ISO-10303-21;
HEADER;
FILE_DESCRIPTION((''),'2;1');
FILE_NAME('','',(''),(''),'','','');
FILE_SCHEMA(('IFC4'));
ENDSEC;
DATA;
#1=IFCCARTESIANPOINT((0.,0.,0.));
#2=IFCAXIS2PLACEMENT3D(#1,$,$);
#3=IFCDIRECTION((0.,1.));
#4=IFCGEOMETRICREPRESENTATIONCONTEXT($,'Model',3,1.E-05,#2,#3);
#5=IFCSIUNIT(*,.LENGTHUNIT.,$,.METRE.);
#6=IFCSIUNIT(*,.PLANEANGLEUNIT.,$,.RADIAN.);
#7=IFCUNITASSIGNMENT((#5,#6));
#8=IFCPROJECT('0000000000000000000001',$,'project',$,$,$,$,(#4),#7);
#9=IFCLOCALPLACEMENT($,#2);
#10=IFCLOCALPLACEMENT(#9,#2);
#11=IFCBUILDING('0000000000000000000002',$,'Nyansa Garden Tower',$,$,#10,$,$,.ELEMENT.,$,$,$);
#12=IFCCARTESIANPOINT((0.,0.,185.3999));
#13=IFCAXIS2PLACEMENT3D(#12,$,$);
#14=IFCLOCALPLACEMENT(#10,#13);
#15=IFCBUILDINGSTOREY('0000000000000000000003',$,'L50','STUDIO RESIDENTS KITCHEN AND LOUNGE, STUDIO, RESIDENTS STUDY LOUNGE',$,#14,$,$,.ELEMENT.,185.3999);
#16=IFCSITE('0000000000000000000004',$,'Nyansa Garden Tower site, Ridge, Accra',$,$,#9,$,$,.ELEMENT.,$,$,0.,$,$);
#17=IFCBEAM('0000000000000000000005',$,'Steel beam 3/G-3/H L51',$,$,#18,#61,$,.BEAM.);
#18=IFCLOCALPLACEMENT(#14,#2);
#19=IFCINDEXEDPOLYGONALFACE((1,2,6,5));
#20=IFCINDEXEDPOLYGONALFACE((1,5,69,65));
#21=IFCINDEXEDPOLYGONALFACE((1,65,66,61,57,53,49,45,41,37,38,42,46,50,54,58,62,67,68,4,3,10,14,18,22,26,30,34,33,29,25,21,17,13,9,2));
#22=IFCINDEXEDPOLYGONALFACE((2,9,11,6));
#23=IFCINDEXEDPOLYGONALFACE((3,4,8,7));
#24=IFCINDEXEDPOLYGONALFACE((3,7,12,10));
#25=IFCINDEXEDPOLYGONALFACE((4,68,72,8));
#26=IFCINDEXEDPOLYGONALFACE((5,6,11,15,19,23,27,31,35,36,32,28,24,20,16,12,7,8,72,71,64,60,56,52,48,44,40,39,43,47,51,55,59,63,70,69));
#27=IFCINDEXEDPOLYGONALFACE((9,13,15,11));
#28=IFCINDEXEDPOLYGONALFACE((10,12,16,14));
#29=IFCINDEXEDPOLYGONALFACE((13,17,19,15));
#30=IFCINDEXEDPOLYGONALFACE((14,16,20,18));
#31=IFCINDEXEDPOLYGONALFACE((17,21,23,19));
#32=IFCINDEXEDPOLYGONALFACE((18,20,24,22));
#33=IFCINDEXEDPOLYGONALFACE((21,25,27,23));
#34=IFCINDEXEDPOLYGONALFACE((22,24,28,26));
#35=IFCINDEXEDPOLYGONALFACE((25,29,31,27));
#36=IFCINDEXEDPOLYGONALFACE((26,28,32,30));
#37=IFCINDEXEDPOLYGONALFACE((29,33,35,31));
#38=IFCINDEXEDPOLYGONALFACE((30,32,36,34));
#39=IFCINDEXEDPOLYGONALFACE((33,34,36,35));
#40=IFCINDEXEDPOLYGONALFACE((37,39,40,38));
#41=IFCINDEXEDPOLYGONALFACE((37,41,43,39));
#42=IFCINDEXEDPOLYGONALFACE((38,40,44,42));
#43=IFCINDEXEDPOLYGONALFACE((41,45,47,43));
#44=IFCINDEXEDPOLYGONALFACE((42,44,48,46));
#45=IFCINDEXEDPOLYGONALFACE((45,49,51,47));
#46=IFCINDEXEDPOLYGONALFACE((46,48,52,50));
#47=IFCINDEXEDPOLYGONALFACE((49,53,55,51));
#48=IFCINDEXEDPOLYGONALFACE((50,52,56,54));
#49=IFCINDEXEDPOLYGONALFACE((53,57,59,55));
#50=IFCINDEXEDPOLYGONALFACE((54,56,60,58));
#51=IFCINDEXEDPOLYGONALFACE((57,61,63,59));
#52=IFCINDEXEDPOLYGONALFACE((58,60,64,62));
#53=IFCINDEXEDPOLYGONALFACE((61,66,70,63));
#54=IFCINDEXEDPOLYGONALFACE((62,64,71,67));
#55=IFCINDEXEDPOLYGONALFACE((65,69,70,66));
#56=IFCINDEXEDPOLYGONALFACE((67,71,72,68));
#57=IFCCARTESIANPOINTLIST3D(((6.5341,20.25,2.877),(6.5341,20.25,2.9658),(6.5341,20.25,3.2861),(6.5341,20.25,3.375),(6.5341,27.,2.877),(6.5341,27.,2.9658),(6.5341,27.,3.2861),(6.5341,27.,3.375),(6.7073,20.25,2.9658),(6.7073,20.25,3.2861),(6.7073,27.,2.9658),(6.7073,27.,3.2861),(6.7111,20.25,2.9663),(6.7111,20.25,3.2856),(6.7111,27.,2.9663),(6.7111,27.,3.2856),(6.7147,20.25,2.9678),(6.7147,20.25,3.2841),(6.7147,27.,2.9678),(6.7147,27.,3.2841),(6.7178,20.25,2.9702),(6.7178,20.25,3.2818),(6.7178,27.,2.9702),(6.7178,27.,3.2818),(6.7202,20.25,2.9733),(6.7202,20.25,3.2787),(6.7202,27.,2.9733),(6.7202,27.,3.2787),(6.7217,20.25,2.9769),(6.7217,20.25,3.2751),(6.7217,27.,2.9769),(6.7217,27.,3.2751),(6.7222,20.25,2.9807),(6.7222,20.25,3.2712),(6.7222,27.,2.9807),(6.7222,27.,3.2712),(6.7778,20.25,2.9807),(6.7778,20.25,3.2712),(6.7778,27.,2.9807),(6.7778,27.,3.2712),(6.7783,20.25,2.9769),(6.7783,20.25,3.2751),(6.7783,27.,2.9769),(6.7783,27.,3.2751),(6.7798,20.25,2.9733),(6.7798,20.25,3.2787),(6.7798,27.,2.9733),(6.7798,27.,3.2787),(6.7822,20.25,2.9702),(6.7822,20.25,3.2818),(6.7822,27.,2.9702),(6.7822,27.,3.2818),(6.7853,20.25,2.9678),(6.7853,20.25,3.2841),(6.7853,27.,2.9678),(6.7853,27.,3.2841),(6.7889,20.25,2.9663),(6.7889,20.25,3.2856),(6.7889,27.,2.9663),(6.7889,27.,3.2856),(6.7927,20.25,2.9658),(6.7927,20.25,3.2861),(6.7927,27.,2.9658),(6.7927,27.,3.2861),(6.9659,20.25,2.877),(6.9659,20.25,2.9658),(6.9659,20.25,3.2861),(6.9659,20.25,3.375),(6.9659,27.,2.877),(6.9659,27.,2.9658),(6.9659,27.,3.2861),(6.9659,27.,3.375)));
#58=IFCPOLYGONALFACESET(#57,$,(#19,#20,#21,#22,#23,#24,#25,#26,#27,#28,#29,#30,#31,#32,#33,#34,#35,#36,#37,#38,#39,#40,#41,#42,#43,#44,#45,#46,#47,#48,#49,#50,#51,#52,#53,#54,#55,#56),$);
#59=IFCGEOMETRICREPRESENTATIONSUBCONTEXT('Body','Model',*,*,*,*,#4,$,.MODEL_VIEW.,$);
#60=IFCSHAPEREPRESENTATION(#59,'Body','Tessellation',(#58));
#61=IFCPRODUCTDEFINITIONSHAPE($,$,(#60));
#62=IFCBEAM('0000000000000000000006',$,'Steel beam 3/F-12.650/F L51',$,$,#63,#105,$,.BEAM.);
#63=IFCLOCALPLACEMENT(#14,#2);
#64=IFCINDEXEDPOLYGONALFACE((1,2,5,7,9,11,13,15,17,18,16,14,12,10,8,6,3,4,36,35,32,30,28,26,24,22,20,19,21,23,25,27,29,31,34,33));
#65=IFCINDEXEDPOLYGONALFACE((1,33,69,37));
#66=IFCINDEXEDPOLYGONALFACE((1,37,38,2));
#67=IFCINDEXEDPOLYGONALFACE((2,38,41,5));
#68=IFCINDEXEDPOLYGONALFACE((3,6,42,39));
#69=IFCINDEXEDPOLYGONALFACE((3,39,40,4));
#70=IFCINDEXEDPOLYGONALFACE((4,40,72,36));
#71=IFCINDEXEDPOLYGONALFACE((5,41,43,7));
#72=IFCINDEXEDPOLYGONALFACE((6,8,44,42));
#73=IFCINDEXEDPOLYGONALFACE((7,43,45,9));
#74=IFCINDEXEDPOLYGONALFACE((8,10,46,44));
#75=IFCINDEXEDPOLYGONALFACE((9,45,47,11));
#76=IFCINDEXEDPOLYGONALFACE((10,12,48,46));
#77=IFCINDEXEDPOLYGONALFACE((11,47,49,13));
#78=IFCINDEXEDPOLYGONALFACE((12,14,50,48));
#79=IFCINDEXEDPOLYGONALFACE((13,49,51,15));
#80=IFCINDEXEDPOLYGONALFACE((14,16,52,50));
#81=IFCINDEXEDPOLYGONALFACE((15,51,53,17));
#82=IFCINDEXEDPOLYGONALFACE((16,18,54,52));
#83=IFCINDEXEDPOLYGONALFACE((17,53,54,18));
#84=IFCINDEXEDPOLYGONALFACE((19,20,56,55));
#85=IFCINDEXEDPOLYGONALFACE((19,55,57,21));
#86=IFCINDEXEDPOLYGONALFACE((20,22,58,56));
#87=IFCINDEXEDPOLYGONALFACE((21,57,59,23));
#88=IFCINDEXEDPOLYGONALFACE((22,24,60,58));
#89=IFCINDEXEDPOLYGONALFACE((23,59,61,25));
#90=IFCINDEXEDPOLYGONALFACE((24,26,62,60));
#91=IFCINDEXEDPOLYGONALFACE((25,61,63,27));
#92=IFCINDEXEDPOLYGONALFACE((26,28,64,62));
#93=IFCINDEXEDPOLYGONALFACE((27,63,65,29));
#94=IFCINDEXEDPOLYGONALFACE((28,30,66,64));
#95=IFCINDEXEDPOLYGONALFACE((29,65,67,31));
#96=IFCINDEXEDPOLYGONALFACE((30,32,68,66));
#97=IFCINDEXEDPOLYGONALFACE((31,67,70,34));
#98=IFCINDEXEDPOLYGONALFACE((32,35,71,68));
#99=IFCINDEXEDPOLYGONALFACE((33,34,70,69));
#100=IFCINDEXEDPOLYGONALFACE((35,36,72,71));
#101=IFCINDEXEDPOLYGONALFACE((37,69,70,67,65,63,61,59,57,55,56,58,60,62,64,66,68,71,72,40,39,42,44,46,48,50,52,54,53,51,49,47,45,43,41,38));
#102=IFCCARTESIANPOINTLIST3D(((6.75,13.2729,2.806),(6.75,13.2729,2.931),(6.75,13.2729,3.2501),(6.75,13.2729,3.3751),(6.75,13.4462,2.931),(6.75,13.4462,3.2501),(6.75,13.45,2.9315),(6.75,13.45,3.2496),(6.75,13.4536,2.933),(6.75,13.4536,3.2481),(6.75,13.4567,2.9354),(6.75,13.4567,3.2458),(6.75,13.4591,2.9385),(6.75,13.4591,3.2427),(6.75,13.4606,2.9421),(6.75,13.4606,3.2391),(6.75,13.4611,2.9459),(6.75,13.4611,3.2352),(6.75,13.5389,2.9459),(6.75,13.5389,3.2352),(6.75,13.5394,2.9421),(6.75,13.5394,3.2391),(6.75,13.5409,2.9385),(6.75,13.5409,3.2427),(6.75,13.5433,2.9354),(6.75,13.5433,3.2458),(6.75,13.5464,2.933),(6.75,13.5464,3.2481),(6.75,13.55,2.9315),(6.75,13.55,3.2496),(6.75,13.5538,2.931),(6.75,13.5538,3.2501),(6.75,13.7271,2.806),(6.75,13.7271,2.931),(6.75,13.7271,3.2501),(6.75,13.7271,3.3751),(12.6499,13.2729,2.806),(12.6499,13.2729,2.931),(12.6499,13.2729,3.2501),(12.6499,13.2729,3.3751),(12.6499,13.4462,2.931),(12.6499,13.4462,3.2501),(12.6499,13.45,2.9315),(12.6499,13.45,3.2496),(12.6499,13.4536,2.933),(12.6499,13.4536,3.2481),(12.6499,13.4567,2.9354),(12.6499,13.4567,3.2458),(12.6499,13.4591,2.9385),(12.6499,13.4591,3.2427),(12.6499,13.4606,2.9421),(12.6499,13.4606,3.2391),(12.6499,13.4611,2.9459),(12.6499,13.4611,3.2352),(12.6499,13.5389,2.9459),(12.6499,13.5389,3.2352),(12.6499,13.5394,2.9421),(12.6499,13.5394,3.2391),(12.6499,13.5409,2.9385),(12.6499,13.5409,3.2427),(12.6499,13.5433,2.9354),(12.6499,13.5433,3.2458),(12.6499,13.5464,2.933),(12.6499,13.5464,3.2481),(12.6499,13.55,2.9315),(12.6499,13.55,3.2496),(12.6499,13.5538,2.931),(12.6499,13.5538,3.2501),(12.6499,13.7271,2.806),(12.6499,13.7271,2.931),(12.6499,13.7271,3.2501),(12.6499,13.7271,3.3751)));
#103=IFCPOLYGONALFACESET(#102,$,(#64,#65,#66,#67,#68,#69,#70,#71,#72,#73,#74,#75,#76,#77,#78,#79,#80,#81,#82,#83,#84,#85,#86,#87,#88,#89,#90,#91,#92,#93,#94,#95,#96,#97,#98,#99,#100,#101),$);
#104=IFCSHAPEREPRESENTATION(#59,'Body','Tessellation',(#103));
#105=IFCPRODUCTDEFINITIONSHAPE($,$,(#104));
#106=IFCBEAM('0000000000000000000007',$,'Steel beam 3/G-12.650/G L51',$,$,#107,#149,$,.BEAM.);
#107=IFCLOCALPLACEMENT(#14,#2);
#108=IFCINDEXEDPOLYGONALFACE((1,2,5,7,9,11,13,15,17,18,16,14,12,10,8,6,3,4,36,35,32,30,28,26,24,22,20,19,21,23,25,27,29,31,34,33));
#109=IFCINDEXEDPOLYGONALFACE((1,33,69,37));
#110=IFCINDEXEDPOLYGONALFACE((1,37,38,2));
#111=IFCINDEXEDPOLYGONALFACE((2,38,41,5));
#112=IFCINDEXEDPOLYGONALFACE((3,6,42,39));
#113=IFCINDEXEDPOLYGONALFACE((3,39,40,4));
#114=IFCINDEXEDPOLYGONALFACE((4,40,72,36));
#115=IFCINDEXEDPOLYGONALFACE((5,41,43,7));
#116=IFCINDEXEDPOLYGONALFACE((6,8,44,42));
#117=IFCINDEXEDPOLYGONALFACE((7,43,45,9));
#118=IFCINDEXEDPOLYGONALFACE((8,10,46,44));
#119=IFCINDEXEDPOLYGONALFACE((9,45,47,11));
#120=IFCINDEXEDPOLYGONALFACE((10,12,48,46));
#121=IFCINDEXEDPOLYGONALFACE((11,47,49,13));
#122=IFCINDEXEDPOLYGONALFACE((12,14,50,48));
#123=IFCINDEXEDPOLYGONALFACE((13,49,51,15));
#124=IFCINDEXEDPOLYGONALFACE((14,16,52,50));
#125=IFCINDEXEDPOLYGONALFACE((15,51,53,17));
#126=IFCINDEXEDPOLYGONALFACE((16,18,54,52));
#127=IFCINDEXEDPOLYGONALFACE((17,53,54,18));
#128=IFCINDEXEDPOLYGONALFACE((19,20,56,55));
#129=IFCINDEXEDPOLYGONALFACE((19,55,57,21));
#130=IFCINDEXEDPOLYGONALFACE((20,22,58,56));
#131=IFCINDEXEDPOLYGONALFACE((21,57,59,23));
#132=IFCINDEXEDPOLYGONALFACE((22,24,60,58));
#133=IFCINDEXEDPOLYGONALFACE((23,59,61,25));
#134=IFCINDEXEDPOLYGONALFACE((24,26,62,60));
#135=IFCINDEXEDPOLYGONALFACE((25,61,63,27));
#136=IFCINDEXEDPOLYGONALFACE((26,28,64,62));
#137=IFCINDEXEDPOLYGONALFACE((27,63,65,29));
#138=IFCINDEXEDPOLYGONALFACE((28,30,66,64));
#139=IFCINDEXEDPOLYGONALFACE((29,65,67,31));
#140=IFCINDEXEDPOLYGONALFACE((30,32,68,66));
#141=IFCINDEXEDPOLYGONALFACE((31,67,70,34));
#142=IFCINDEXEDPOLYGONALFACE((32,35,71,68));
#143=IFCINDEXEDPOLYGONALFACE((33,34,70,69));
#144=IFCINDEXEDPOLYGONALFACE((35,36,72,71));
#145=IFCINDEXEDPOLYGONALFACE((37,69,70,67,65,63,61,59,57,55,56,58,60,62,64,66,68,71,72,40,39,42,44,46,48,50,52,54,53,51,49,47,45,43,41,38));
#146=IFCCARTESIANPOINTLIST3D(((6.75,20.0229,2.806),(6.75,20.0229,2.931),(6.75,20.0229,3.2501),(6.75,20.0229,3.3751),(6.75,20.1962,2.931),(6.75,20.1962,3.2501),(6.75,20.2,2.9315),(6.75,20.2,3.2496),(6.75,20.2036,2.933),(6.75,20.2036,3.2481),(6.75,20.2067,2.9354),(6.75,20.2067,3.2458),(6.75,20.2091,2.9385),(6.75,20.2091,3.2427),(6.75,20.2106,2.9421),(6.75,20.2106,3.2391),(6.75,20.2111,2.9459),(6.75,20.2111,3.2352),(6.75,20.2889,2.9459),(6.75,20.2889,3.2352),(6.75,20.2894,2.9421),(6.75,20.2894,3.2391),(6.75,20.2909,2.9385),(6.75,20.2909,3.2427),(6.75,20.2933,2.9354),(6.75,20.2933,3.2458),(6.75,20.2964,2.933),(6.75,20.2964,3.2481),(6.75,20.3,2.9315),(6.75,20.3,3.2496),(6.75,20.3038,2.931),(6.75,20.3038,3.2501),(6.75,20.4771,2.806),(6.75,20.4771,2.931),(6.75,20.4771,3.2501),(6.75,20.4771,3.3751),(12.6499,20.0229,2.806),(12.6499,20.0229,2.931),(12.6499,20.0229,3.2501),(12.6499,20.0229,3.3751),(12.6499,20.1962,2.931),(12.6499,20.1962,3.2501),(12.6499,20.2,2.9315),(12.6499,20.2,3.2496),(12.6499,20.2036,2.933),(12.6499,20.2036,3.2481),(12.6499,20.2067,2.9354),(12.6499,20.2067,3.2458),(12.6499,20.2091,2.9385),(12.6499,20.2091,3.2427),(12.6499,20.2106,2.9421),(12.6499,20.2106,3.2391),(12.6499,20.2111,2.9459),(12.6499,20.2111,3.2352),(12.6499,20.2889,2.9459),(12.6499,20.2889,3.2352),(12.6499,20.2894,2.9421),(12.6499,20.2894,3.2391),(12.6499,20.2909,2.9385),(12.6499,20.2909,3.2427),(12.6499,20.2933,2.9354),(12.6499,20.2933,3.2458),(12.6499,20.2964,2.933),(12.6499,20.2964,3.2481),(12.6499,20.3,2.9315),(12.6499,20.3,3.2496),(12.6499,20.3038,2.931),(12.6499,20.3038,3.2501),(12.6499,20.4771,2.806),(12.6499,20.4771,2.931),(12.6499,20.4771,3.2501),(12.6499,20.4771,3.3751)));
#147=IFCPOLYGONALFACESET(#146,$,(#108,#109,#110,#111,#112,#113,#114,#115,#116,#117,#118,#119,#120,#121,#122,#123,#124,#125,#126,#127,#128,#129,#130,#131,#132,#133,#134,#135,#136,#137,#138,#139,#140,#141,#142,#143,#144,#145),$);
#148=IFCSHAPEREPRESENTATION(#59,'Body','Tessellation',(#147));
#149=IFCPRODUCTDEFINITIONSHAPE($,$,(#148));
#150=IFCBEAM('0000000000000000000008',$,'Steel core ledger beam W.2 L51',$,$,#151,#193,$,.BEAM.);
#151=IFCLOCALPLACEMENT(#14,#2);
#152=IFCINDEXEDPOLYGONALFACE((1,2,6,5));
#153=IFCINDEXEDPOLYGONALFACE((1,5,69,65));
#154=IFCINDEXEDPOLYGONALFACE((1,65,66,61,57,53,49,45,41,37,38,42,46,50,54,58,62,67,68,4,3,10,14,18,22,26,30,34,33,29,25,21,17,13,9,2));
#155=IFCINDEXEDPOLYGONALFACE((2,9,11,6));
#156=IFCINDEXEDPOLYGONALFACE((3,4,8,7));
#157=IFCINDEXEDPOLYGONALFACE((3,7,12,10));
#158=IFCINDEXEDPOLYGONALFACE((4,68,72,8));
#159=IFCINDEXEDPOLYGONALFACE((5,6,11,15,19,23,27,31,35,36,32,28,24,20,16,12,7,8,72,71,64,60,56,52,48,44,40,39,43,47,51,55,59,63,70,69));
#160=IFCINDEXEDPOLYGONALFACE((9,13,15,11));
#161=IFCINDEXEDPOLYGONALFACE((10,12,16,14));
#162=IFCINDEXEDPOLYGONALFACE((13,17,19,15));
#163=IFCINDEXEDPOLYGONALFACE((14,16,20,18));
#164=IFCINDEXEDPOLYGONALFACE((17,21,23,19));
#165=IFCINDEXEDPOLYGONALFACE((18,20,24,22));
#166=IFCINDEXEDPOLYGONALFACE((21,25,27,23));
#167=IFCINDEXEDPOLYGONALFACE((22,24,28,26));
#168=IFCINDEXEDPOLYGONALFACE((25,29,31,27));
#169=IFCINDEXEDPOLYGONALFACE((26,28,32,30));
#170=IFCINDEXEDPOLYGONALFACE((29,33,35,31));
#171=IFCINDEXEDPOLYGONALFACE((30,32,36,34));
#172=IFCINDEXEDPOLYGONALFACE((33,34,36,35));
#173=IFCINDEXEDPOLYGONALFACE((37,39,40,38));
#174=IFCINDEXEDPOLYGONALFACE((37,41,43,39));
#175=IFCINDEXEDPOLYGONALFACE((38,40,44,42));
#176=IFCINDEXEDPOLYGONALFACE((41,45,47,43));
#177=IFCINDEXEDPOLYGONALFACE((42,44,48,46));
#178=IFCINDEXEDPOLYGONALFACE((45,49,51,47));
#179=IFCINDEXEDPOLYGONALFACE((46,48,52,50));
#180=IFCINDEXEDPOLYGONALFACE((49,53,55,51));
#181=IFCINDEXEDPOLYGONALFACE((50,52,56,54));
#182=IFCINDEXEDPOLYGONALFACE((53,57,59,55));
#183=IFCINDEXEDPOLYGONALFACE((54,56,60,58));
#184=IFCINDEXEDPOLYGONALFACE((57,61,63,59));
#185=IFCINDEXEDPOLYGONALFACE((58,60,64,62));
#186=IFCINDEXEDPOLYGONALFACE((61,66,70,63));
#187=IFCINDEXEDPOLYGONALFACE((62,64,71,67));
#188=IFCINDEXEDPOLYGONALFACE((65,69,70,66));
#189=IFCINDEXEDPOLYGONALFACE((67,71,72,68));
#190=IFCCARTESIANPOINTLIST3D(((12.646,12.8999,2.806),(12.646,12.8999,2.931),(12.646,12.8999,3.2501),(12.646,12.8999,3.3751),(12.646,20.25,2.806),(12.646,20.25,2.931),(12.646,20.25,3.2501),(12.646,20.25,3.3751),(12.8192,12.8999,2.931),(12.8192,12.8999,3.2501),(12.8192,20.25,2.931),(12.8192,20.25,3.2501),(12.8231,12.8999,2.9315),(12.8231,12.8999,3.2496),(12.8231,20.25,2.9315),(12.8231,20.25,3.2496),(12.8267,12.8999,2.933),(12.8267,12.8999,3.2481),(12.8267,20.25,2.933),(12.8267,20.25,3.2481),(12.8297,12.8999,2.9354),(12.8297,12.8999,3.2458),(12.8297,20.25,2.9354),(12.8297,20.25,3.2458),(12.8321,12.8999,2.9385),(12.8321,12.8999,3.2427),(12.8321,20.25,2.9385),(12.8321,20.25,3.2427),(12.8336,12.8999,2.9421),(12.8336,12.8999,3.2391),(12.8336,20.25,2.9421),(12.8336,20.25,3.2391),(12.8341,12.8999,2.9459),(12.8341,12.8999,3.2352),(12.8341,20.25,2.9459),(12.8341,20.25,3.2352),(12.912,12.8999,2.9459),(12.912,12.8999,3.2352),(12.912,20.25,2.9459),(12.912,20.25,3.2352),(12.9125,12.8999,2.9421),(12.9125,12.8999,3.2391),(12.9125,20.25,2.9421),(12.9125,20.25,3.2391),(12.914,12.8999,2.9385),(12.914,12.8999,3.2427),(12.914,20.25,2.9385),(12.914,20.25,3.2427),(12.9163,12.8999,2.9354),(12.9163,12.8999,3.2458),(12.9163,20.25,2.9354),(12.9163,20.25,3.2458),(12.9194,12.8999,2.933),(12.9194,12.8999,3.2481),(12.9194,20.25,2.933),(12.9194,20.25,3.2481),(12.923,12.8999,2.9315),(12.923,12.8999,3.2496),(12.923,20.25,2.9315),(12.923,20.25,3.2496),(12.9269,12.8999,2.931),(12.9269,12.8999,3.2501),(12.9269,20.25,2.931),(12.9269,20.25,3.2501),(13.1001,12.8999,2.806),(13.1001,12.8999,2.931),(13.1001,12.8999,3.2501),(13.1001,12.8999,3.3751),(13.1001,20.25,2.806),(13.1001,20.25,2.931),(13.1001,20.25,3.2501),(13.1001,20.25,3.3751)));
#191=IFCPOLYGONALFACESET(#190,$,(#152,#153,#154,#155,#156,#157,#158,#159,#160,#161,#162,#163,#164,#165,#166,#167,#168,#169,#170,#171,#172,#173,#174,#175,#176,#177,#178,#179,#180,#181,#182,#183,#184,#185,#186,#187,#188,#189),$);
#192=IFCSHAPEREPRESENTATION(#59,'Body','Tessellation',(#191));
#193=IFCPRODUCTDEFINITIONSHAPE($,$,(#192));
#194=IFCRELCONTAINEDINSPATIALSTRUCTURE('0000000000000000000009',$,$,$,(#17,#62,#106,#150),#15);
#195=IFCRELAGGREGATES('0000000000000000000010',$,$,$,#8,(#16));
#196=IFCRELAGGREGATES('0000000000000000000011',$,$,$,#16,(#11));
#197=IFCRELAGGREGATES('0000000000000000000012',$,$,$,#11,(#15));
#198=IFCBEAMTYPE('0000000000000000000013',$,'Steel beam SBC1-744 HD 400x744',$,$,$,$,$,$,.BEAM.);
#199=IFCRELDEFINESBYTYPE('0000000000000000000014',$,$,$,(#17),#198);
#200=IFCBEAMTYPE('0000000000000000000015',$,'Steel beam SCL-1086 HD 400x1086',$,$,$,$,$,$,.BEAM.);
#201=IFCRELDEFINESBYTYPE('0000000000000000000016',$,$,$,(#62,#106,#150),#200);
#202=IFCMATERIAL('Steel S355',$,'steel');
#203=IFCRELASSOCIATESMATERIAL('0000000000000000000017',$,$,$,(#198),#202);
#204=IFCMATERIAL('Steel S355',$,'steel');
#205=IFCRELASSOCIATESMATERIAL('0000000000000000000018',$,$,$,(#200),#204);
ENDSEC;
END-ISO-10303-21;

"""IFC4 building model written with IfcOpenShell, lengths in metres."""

from ifc_helpers import new_model, si_unit, direction, frame, origin, origin_2d, place, context, subcontext, project, spatial, i_section, extrude, material, material_profile, profile_set, type_object, element, save


model = new_model("IFC4")

# Units and contexts
model_context = context("Model", 3, precision=1e-05, world=origin(), true_north=direction((0.0, 1.0)))
body_context = subcontext(model_context, "Body", "Model", "MODEL_VIEW")
ifc_project = project(units=[si_unit("LENGTHUNIT", "METRE"), si_unit("PLANEANGLEUNIT", "RADIAN")], contexts=[model_context])

# Site, building, storey
site_placement = place(None, origin())
site = spatial("IfcSite", under=ifc_project, at=site_placement, Name="Nyansa Garden Tower site, Ridge, Accra", CompositionType="ELEMENT", RefElevation=0.0)
building_placement = place(site_placement, origin())
building = spatial("IfcBuilding", under=site, at=building_placement, Name="Nyansa Garden Tower", CompositionType="ELEMENT")
storey_placement = place(building_placement, frame((0.0, 0.0, 185.3999)))
storey = spatial("IfcBuildingStorey", under=building, at=storey_placement, Name="L50", Description="STUDIO RESIDENTS KITCHEN AND LOUNGE, STUDIO, RESIDENTS STUDY LOUNGE", CompositionType="ELEMENT", Elevation=185.3999)

# Beams
ifc_material_1 = material(Name="Steel S355", Category="steel")
ifc_material_profile_1 = material_profile(ifc_material_1, i_section(OverallWidth=0.4319, OverallDepth=0.498, WebThickness=0.0557, FlangeThickness=0.0889, FilletRadius=0.0149, at=origin_2d()), Name="HD 400x744")
ifc_profile_set_1 = profile_set([ifc_material_profile_1], Name="Steel S355")
beam_type_1 = type_object("IfcBeamType", Name="Steel beam SBC1-744 HD 400x744", PredefinedType="BEAM", material=ifc_profile_set_1)
for number, where, z_axis, x_axis, name in (
    (1, (6.75, 20.25, 3.126), (0.0, 1.0, 0.0), (-1.0, 0.0, 0.0), "Steel beam 3/G-3/H L51"),
):
    element("IfcBeam", number, at=place(storey_placement, frame(where, z_axis=z_axis, x_axis=x_axis)), inside=storey, type_object=beam_type_1, Name=name, PredefinedType="BEAM", context=body_context, shape_type="SweptSolid", body=[
        extrude(i_section(OverallWidth=0.4319, OverallDepth=0.498, WebThickness=0.0557, FlangeThickness=0.0889, FilletRadius=0.0149, at=origin_2d()), origin(), (0.0, 0.0, 1.0), 6.75),
    ])
ifc_material_2 = material(Name="Steel S355", Category="steel")
ifc_material_profile_2 = material_profile(ifc_material_2, i_section(OverallWidth=0.4541, OverallDepth=0.5691, WebThickness=0.0779, FlangeThickness=0.125, FilletRadius=0.0149, at=origin_2d()), Name="HD 400x1086")
ifc_profile_set_2 = profile_set([ifc_material_profile_2], Name="Steel S355")
beam_type_2 = type_object("IfcBeamType", Name="Steel beam SCL-1086 HD 400x1086", PredefinedType="BEAM", material=ifc_profile_set_2)
for number, where, z_axis, x_axis, name in (
    (2, (6.75, 13.5, 3.0906), (1.0, 0.0, 0.0), (0.0, 1.0, 0.0), "Steel beam 3/F-12.650/F L51"),
    (3, (6.75, 20.25, 3.0906), (1.0, 0.0, 0.0), (0.0, 1.0, 0.0), "Steel beam 3/G-12.650/G L51"),
):
    element("IfcBeam", number, at=place(storey_placement, frame(where, z_axis=z_axis, x_axis=x_axis)), inside=storey, type_object=beam_type_2, Name=name, PredefinedType="BEAM", context=body_context, shape_type="SweptSolid", body=[
        extrude(i_section(OverallWidth=0.4541, OverallDepth=0.5691, WebThickness=0.0779, FlangeThickness=0.125, FilletRadius=0.0149, at=origin_2d()), origin(), (0.0, 0.0, 1.0), 5.8999),
    ])
beam_placement = place(storey_placement, frame((12.873, 20.25, 3.0906), z_axis=(0.0, -1.0, 0.0), x_axis=(1.0, 0.0, 0.0)))
element("IfcBeam", 4, at=beam_placement, inside=storey, type_object=beam_type_2, Name="Steel core ledger beam W.2 L51", PredefinedType="BEAM", context=body_context, shape_type="SweptSolid", body=[
    extrude(i_section(OverallWidth=0.4541, OverallDepth=0.5691, WebThickness=0.0779, FlangeThickness=0.125, FilletRadius=0.0149, at=origin_2d()), origin(), (0.0, 0.0, 1.0), 7.3501),
])

save(model, "model.ifc")
